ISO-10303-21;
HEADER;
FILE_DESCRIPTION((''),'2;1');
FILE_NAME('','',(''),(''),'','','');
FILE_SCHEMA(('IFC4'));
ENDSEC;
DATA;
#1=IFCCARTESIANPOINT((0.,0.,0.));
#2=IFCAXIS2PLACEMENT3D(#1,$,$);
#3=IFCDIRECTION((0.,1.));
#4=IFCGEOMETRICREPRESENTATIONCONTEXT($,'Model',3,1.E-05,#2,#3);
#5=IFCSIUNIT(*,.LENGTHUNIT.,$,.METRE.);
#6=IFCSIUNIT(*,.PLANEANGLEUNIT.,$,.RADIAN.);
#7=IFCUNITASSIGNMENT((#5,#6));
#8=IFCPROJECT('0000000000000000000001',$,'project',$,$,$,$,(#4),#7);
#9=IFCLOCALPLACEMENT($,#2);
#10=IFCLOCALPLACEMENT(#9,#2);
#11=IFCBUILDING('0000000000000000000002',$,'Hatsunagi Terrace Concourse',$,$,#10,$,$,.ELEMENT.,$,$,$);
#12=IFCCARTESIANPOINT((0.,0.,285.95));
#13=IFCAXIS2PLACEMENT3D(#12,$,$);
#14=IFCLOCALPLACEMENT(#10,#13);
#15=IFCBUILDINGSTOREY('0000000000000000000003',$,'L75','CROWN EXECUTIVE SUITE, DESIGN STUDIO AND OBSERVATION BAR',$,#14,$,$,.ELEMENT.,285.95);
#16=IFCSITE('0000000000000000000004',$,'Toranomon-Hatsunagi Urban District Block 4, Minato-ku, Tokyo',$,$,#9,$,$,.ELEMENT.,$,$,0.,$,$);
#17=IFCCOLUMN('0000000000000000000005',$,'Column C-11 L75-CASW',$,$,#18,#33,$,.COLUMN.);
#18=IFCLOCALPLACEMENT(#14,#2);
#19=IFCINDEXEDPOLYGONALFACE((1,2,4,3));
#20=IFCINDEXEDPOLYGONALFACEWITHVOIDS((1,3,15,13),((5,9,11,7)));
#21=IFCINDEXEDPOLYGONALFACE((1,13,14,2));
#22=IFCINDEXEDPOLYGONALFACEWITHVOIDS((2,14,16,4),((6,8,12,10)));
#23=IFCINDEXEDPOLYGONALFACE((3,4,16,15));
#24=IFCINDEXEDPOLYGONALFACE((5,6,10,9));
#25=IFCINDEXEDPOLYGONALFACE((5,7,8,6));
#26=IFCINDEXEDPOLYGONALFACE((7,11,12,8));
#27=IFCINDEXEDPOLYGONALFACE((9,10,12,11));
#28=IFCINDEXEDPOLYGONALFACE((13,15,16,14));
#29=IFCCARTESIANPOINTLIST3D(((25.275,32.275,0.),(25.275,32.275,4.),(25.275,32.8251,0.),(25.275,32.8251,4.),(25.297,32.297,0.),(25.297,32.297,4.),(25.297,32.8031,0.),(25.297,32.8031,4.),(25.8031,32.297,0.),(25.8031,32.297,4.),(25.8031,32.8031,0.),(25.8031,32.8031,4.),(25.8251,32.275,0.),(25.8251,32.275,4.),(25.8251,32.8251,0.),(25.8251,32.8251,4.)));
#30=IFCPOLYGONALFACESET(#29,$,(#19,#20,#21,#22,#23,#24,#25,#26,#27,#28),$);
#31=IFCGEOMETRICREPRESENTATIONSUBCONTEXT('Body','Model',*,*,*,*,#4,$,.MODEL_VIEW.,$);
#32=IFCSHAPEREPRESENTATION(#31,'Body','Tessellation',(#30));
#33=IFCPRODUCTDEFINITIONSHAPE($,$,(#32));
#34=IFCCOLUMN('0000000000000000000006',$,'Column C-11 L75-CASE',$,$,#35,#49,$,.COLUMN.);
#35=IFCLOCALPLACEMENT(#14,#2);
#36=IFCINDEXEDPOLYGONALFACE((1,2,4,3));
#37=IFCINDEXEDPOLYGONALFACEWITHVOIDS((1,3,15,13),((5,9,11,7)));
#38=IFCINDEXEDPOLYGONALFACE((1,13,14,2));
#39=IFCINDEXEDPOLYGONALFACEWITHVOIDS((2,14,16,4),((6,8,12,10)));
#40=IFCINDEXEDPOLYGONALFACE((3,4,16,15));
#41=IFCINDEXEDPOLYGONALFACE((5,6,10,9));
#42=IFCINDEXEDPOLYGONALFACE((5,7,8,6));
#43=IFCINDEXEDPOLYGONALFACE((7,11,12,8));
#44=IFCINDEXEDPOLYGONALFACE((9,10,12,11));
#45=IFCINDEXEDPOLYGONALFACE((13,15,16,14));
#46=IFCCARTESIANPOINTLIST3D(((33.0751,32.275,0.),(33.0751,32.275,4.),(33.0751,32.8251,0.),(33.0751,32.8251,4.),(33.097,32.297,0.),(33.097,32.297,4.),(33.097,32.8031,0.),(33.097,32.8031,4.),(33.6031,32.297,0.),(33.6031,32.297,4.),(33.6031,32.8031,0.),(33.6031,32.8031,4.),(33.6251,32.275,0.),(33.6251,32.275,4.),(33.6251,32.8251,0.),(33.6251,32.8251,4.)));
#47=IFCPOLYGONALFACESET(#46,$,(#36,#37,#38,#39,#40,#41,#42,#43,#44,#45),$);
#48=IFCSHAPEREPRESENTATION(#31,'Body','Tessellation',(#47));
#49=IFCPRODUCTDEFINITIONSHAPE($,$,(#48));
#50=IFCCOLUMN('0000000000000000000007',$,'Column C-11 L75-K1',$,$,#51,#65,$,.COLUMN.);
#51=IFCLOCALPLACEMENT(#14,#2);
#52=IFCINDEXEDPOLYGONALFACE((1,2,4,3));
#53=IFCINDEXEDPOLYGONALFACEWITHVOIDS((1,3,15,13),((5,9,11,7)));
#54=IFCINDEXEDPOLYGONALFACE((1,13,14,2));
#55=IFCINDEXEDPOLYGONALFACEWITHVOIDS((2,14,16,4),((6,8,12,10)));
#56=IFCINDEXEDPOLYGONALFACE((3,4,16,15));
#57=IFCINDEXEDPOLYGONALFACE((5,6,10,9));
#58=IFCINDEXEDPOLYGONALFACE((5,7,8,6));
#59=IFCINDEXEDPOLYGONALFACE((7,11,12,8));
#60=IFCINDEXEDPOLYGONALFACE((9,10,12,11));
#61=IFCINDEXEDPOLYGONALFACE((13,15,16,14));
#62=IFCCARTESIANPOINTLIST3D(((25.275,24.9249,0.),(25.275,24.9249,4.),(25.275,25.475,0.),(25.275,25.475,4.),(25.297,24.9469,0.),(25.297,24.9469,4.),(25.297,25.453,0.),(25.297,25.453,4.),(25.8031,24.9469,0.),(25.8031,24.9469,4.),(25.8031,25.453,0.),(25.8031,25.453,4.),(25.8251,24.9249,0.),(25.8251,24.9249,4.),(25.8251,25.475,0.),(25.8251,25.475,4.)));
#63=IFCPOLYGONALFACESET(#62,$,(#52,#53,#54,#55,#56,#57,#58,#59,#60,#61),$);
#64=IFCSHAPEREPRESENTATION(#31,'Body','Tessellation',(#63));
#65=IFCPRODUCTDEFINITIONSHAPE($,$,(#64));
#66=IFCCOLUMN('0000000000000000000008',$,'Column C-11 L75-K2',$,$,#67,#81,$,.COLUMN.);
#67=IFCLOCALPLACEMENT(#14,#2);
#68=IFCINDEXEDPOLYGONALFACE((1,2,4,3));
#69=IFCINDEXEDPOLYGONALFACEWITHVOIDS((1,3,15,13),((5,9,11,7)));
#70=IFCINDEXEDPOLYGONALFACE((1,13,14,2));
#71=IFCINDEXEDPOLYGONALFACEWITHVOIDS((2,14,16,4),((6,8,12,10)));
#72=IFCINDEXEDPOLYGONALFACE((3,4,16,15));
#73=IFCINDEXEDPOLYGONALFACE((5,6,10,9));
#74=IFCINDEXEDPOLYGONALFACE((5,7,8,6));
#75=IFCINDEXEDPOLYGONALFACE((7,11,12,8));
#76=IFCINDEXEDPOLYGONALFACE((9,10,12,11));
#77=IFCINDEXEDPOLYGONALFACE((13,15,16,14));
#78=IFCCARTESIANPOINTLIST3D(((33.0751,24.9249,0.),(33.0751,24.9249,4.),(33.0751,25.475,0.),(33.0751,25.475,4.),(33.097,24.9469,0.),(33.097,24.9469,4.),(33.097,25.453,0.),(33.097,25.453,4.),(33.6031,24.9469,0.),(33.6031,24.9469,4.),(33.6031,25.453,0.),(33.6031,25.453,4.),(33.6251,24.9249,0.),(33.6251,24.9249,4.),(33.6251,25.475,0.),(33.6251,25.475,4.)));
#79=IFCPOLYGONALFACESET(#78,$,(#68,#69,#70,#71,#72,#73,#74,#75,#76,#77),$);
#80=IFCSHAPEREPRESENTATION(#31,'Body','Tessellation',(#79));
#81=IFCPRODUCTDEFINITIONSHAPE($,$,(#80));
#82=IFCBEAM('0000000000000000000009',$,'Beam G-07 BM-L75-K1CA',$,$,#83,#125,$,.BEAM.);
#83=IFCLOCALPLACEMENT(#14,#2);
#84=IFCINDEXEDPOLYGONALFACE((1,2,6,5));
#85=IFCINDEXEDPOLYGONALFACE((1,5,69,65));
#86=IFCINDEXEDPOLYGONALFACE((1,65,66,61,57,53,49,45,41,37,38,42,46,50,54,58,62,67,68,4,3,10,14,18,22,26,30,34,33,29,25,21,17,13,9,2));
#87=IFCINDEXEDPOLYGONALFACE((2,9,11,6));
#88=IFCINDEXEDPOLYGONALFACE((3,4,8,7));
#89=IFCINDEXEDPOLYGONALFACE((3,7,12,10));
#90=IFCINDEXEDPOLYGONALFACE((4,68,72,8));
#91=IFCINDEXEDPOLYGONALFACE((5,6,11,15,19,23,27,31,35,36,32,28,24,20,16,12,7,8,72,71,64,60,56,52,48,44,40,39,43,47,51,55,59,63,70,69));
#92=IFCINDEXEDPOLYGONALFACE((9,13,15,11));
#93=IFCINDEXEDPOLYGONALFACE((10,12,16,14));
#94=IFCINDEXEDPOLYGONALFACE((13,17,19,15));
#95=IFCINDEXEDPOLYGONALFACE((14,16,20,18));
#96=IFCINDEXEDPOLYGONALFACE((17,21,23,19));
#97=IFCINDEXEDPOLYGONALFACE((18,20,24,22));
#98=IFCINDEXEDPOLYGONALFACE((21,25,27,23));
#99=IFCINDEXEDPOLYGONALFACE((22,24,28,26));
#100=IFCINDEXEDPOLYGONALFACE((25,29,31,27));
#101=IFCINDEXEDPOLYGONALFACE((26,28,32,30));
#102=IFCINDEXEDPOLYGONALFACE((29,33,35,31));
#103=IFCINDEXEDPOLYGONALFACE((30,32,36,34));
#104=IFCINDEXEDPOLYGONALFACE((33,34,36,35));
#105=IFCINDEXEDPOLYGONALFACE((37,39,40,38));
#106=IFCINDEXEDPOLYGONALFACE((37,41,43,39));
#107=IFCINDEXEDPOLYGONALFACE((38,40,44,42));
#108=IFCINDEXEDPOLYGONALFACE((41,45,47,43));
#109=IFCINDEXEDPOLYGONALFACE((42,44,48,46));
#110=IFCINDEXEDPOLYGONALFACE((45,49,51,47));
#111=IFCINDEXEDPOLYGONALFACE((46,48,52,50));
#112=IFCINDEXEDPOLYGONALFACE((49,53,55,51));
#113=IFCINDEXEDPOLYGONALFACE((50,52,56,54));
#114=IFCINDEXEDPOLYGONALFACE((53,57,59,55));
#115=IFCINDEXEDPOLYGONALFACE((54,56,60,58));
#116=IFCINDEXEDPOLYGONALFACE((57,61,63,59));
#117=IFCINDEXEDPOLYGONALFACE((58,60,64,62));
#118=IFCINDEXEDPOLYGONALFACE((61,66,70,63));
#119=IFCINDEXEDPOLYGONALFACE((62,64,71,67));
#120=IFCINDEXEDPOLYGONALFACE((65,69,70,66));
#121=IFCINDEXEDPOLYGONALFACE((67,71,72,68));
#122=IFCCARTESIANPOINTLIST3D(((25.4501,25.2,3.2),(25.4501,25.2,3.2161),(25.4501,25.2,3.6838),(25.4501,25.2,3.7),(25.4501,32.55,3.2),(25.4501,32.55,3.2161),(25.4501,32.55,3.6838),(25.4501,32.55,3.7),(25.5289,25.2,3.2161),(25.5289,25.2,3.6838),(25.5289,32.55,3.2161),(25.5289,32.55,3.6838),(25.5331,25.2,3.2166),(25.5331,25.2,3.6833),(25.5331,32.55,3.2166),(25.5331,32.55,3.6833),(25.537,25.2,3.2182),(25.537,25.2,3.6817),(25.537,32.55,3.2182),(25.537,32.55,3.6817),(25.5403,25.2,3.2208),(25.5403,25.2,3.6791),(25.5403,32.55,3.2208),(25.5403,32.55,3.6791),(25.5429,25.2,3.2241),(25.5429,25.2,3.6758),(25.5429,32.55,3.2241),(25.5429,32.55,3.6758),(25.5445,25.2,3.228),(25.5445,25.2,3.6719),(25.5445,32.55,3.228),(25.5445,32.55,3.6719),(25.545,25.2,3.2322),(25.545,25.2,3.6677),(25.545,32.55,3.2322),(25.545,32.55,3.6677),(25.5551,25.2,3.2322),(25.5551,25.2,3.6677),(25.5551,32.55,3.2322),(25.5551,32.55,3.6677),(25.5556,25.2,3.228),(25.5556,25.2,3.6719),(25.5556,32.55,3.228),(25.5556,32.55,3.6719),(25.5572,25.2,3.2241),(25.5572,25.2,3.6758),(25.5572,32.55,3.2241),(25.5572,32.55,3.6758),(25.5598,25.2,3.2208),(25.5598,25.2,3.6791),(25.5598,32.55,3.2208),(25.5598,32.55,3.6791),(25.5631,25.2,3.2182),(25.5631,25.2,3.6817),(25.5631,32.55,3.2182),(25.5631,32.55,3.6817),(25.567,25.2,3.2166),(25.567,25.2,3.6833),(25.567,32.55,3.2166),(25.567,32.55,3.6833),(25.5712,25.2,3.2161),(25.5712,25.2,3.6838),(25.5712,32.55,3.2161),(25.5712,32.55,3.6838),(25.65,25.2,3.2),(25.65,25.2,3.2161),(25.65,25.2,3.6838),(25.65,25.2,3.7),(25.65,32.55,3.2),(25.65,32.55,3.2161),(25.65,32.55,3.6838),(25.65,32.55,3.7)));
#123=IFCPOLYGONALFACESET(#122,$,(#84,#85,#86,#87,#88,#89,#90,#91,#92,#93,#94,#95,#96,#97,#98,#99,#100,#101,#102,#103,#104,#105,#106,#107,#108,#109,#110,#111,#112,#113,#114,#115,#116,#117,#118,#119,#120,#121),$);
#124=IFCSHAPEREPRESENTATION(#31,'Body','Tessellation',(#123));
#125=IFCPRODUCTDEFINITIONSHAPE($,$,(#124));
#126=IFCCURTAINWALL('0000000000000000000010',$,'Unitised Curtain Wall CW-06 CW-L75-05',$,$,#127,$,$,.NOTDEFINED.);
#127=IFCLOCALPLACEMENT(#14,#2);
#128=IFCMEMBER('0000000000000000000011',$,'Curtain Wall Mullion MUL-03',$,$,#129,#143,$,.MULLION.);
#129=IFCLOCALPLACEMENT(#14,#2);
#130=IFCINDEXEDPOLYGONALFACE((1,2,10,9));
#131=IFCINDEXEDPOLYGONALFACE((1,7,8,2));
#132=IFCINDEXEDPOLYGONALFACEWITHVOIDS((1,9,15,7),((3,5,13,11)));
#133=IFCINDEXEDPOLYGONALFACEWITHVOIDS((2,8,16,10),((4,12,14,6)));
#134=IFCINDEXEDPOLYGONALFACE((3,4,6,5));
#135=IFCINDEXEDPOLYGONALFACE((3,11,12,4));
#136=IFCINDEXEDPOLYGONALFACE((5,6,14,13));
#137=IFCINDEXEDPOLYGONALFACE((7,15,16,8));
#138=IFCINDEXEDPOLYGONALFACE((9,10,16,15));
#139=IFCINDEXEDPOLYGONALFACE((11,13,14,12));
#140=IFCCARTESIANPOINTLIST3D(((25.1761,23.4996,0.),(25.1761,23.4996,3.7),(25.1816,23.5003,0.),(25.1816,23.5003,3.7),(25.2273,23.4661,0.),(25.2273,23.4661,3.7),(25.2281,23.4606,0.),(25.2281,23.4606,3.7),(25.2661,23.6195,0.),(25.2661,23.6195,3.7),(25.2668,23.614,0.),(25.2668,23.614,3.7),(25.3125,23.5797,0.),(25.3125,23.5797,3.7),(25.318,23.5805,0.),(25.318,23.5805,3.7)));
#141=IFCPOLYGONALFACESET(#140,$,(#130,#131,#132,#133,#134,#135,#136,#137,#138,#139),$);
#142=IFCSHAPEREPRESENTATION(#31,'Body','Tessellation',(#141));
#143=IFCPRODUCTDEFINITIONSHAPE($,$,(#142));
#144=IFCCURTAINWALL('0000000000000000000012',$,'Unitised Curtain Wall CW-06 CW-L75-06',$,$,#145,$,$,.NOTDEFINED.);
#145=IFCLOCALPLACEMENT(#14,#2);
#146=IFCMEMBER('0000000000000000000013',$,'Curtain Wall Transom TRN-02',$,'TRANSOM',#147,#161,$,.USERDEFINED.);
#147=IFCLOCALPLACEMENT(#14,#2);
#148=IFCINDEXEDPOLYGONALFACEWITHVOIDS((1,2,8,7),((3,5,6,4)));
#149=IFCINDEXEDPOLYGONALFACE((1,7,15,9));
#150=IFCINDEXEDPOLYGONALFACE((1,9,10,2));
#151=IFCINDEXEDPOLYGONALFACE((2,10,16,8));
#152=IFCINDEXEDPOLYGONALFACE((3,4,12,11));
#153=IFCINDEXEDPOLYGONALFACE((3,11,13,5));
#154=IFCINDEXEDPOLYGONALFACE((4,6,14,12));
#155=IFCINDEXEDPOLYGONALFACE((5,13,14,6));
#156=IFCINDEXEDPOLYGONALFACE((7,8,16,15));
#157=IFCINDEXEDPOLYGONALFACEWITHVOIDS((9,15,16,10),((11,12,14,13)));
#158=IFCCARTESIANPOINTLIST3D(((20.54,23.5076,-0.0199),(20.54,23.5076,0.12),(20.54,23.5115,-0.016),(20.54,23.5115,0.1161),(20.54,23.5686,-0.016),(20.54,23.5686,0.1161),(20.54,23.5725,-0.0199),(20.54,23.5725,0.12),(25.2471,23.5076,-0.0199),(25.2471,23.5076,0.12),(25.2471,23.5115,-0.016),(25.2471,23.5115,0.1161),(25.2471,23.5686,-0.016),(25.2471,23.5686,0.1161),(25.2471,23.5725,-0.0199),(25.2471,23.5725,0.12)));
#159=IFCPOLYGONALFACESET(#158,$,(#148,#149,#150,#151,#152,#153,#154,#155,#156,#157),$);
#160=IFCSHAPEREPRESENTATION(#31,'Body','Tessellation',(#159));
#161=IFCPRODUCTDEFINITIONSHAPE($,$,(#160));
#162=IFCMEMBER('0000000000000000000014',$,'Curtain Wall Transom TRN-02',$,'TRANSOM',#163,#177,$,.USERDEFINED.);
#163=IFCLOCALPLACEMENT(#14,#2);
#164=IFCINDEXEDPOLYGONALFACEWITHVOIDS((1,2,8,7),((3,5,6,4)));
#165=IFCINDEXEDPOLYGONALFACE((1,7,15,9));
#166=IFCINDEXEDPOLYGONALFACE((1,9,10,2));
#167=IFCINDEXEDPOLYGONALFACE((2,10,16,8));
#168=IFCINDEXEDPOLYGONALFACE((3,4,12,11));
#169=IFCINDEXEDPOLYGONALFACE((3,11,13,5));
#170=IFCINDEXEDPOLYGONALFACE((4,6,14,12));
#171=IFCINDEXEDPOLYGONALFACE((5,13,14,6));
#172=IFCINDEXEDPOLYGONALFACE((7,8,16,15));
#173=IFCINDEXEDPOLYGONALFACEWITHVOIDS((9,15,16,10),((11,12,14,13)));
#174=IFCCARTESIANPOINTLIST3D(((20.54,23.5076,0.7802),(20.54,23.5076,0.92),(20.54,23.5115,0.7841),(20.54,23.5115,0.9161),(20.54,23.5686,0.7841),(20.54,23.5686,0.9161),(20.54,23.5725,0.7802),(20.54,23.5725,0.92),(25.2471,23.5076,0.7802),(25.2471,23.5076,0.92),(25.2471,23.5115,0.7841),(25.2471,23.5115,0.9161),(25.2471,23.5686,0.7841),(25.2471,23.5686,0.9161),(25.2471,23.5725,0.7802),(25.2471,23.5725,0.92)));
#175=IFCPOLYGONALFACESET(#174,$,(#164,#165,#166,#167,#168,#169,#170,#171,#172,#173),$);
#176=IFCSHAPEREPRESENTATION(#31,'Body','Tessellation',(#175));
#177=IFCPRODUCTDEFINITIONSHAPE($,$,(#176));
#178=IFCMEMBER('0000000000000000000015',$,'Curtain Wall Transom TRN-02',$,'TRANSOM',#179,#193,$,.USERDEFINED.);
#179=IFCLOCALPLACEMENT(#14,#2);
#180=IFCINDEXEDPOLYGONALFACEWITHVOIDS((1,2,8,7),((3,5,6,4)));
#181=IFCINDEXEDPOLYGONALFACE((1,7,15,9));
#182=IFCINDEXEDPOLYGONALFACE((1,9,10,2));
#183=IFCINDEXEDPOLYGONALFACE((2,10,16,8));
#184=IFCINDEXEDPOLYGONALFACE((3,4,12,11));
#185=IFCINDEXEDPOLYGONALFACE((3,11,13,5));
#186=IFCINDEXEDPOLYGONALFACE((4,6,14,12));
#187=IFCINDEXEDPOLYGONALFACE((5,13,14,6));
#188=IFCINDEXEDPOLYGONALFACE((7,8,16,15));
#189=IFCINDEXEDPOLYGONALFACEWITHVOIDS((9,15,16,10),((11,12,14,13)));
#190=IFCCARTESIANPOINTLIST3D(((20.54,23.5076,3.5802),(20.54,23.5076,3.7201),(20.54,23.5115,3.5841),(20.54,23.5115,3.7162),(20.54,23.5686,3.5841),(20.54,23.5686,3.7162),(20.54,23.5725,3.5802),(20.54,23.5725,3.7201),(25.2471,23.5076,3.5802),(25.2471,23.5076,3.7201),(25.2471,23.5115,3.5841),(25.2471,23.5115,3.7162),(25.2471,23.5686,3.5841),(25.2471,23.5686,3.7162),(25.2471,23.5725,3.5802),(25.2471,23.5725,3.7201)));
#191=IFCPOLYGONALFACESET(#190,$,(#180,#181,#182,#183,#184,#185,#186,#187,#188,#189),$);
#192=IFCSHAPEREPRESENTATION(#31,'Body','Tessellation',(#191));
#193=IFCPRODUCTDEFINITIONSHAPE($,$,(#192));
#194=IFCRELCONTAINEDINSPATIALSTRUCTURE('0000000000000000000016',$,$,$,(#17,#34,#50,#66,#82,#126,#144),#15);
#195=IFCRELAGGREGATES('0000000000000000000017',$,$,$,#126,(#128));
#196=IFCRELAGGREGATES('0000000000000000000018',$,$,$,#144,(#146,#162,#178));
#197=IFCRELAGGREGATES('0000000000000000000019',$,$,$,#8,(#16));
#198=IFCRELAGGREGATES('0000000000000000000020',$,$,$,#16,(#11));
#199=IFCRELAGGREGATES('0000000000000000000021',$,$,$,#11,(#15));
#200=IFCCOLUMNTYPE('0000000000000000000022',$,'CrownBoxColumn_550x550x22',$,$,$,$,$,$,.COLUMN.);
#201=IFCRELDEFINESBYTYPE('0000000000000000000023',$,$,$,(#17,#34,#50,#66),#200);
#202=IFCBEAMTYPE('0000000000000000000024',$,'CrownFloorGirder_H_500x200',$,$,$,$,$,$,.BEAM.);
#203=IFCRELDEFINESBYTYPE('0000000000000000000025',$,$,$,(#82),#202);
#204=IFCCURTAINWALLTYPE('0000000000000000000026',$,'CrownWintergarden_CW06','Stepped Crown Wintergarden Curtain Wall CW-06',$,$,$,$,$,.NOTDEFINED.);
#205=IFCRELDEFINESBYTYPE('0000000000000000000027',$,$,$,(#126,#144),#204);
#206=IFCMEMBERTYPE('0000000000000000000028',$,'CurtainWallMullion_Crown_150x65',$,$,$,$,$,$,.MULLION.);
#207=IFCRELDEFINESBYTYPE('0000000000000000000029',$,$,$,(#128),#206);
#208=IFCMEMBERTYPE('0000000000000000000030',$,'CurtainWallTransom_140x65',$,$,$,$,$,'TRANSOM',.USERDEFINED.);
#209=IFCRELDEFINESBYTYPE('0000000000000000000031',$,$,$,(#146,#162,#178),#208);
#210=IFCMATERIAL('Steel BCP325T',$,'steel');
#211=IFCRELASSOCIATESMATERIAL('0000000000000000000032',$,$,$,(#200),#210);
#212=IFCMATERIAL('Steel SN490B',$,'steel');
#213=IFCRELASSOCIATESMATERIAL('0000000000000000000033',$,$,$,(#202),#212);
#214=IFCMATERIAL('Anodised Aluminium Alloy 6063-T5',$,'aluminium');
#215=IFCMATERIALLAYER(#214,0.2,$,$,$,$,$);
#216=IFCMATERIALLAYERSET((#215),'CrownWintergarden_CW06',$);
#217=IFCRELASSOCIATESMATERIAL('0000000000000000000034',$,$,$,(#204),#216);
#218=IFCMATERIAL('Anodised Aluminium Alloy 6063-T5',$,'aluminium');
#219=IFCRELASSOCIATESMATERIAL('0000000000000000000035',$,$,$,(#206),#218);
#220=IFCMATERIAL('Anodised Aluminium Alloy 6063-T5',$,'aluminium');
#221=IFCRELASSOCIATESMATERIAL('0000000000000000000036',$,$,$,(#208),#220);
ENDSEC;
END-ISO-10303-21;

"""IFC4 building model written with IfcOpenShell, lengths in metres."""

from ifc_helpers import new_model, si_unit, direction, frame, origin, origin_2d, place, context, subcontext, project, spatial, hollow_rectangle, i_section, extrude, material, layer, layer_set, material_profile, profile_set, type_object, element, aggregate, save


model = new_model("IFC4")

# Units and contexts
model_context = context("Model", 3, precision=1e-05, world=origin(), true_north=direction((0.0, 1.0)))
body_context = subcontext(model_context, "Body", "Model", "MODEL_VIEW")
ifc_project = project(units=[si_unit("LENGTHUNIT", "METRE"), si_unit("PLANEANGLEUNIT", "RADIAN")], contexts=[model_context])

# Site, building, storey
site_placement = place(None, origin())
site = spatial("IfcSite", under=ifc_project, at=site_placement, Name="Toranomon-Hatsunagi Urban District Block 4, Minato-ku, Tokyo", CompositionType="ELEMENT", RefElevation=0.0)
building_placement = place(site_placement, origin())
building = spatial("IfcBuilding", under=site, at=building_placement, Name="Hatsunagi Terrace Concourse", CompositionType="ELEMENT")
storey_placement = place(building_placement, frame((0.0, 0.0, 285.95)))
storey = spatial("IfcBuildingStorey", under=building, at=storey_placement, Name="L75", Description="CROWN EXECUTIVE SUITE, DESIGN STUDIO AND OBSERVATION BAR", CompositionType="ELEMENT", Elevation=285.95)

# Columns
ifc_material_1 = material(Name="Steel BCP325T", Category="steel")
ifc_material_profile_1 = material_profile(ifc_material_1, hollow_rectangle(XDim=0.55, YDim=0.55, WallThickness=0.022, at=origin_2d()), Name="BCP-550x550x22")
ifc_profile_set_1 = profile_set([ifc_material_profile_1], Name="Steel BCP325T")
column_type = type_object("IfcColumnType", Name="CrownBoxColumn_550x550x22", PredefinedType="COLUMN", material=ifc_profile_set_1)
for number, where, z_axis, x_axis, name in (
    (1, (25.55, 32.55, 0.0), (0.0, 0.0, 1.0), (1.0, 0.0, 0.0), "Column C-11 L75-CASW"),
    (2, (33.3501, 32.55, 0.0), (0.0, 0.0, 1.0), (1.0, 0.0, 0.0), "Column C-11 L75-CASE"),
    (3, (25.55, 25.2, 0.0), (0.0, 0.0, 1.0), (1.0, 0.0, 0.0), "Column C-11 L75-K1"),
    (4, (33.3501, 25.2, 0.0), (0.0, 0.0, 1.0), (1.0, 0.0, 0.0), "Column C-11 L75-K2"),
):
    element("IfcColumn", number, at=place(storey_placement, frame(where, z_axis=z_axis, x_axis=x_axis)), inside=storey, type_object=column_type, Name=name, PredefinedType="COLUMN", context=body_context, shape_type="SweptSolid", body=[
        extrude(hollow_rectangle(XDim=0.55, YDim=0.55, WallThickness=0.022, at=origin_2d()), origin(), (0.0, 0.0, 1.0), 4.0),
    ])

# Beam
ifc_material_2 = material(Name="Steel SN490B", Category="steel")
ifc_material_profile_2 = material_profile(ifc_material_2, i_section(OverallWidth=0.2, OverallDepth=0.5, WebThickness=0.01, FlangeThickness=0.0161, FilletRadius=0.0161, at=origin_2d()), Name="H-500x200x10x16")
ifc_profile_set_2 = profile_set([ifc_material_profile_2], Name="Steel SN490B")
beam_type_1 = type_object("IfcBeamType", Name="CrownFloorGirder_H_500x200", PredefinedType="BEAM", material=ifc_profile_set_2)
beam_1_placement = place(storey_placement, frame((25.55, 25.2, 3.45), z_axis=(0.0, 1.0, 0.0), x_axis=(-1.0, 0.0, 0.0)))
element("IfcBeam", 5, at=beam_1_placement, inside=storey, type_object=beam_type_1, Name="Beam G-07 BM-L75-K1CA", PredefinedType="BEAM", context=body_context, shape_type="SweptSolid", body=[
    extrude(i_section(OverallWidth=0.2, OverallDepth=0.5, WebThickness=0.01, FlangeThickness=0.0161, FilletRadius=0.0161, at=origin_2d()), origin(), (0.0, 0.0, 1.0), 7.3501),
])

# Curtain wall, member
ifc_material_3 = material(Name="Anodised Aluminium Alloy 6063-T5", Category="aluminium")
ifc_layer_1 = layer(ifc_material_3, 0.2)
ifc_layer_set_1 = layer_set([ifc_layer_1], Name="CrownWintergarden_CW06")
curtain_wall_type = type_object("IfcCurtainWallType", Name="CrownWintergarden_CW06", Description="Stepped Crown Wintergarden Curtain Wall CW-06", PredefinedType="NOTDEFINED", material=ifc_layer_set_1)
curtain_wall_1_placement = place(storey_placement, origin())
curtain_wall_1 = element("IfcCurtainWall", 6, at=curtain_wall_1_placement, inside=storey, type_object=curtain_wall_type, Name="Unitised Curtain Wall CW-06 CW-L75-05", PredefinedType="NOTDEFINED")
ifc_material_4 = material(Name="Anodised Aluminium Alloy 6063-T5", Category="aluminium")
ifc_material_profile_3 = material_profile(ifc_material_4, hollow_rectangle(XDim=0.0649, YDim=0.1499, WallThickness=0.0039, at=origin_2d()), Name="ALU-MUL-150x65x4")
ifc_profile_set_3 = profile_set([ifc_material_profile_3], Name="Anodised Aluminium Alloy 6063-T5")
member_type_1 = type_object("IfcMemberType", Name="CurtainWallMullion_Crown_150x65", PredefinedType="MULLION", material=ifc_profile_set_3)
member_1_placement = place(storey_placement, frame((25.2471, 23.54, 0.0), z_axis=(0.0, 0.0, 1.0), x_axis=(-0.800008, 0.599989, 0.0)))
member_1 = element("IfcMember", 7, at=member_1_placement, type_object=member_type_1, Name="Curtain Wall Mullion MUL-03", PredefinedType="MULLION", context=body_context, shape_type="SweptSolid", body=[
    extrude(hollow_rectangle(XDim=0.0649, YDim=0.1499, WallThickness=0.0039, at=origin_2d()), origin(), (0.0, 0.0, 1.0), 3.7),
])
aggregate(curtain_wall_1, [member_1])

# Curtain wall, members
curtain_wall_2_placement = place(storey_placement, origin())
curtain_wall_2 = element("IfcCurtainWall", 8, at=curtain_wall_2_placement, inside=storey, type_object=curtain_wall_type, Name="Unitised Curtain Wall CW-06 CW-L75-06", PredefinedType="NOTDEFINED")
ifc_material_5 = material(Name="Anodised Aluminium Alloy 6063-T5", Category="aluminium")
ifc_material_profile_4 = material_profile(ifc_material_5, hollow_rectangle(XDim=0.0649, YDim=0.1399, WallThickness=0.0039, at=origin_2d()), Name="ALU-TRN-140x65x4")
ifc_profile_set_4 = profile_set([ifc_material_profile_4], Name="Anodised Aluminium Alloy 6063-T5")
member_type_2 = type_object("IfcMemberType", Name="CurtainWallTransom_140x65", ElementType="TRANSOM", PredefinedType="USERDEFINED", material=ifc_profile_set_4)
member_2_placement = place(storey_placement, frame((25.2471, 23.54, 0.05), z_axis=(-1.0, 0.0, 0.0), x_axis=(0.0, -1.0, 0.0)))
member_2 = element("IfcMember", 9, at=member_2_placement, type_object=member_type_2, Name="Curtain Wall Transom TRN-02", ObjectType="TRANSOM", PredefinedType="USERDEFINED", context=body_context, shape_type="SweptSolid", body=[
    extrude(hollow_rectangle(XDim=0.0649, YDim=0.1399, WallThickness=0.0039, at=origin_2d()), origin(), (0.0, 0.0, 1.0), 4.707),
])
member_3_placement = place(storey_placement, frame((25.2471, 23.54, 0.8501), z_axis=(-1.0, 0.0, 0.0), x_axis=(0.0, -1.0, 0.0)))
member_3 = element("IfcMember", 10, at=member_3_placement, type_object=member_type_2, Name="Curtain Wall Transom TRN-02", ObjectType="TRANSOM", PredefinedType="USERDEFINED", context=body_context, shape_type="SweptSolid", body=[
    extrude(hollow_rectangle(XDim=0.0649, YDim=0.1399, WallThickness=0.0039, at=origin_2d()), origin(), (0.0, 0.0, 1.0), 4.707),
])
member_4_placement = place(storey_placement, frame((25.2471, 23.54, 3.6501), z_axis=(-1.0, 0.0, 0.0), x_axis=(0.0, -1.0, 0.0)))
member_4 = element("IfcMember", 11, at=member_4_placement, type_object=member_type_2, Name="Curtain Wall Transom TRN-02", ObjectType="TRANSOM", PredefinedType="USERDEFINED", context=body_context, shape_type="SweptSolid", body=[
    extrude(hollow_rectangle(XDim=0.0649, YDim=0.1399, WallThickness=0.0039, at=origin_2d()), origin(), (0.0, 0.0, 1.0), 4.707),
])
aggregate(curtain_wall_2, [member_2, member_3, member_4])

save(model, "model.ifc")
